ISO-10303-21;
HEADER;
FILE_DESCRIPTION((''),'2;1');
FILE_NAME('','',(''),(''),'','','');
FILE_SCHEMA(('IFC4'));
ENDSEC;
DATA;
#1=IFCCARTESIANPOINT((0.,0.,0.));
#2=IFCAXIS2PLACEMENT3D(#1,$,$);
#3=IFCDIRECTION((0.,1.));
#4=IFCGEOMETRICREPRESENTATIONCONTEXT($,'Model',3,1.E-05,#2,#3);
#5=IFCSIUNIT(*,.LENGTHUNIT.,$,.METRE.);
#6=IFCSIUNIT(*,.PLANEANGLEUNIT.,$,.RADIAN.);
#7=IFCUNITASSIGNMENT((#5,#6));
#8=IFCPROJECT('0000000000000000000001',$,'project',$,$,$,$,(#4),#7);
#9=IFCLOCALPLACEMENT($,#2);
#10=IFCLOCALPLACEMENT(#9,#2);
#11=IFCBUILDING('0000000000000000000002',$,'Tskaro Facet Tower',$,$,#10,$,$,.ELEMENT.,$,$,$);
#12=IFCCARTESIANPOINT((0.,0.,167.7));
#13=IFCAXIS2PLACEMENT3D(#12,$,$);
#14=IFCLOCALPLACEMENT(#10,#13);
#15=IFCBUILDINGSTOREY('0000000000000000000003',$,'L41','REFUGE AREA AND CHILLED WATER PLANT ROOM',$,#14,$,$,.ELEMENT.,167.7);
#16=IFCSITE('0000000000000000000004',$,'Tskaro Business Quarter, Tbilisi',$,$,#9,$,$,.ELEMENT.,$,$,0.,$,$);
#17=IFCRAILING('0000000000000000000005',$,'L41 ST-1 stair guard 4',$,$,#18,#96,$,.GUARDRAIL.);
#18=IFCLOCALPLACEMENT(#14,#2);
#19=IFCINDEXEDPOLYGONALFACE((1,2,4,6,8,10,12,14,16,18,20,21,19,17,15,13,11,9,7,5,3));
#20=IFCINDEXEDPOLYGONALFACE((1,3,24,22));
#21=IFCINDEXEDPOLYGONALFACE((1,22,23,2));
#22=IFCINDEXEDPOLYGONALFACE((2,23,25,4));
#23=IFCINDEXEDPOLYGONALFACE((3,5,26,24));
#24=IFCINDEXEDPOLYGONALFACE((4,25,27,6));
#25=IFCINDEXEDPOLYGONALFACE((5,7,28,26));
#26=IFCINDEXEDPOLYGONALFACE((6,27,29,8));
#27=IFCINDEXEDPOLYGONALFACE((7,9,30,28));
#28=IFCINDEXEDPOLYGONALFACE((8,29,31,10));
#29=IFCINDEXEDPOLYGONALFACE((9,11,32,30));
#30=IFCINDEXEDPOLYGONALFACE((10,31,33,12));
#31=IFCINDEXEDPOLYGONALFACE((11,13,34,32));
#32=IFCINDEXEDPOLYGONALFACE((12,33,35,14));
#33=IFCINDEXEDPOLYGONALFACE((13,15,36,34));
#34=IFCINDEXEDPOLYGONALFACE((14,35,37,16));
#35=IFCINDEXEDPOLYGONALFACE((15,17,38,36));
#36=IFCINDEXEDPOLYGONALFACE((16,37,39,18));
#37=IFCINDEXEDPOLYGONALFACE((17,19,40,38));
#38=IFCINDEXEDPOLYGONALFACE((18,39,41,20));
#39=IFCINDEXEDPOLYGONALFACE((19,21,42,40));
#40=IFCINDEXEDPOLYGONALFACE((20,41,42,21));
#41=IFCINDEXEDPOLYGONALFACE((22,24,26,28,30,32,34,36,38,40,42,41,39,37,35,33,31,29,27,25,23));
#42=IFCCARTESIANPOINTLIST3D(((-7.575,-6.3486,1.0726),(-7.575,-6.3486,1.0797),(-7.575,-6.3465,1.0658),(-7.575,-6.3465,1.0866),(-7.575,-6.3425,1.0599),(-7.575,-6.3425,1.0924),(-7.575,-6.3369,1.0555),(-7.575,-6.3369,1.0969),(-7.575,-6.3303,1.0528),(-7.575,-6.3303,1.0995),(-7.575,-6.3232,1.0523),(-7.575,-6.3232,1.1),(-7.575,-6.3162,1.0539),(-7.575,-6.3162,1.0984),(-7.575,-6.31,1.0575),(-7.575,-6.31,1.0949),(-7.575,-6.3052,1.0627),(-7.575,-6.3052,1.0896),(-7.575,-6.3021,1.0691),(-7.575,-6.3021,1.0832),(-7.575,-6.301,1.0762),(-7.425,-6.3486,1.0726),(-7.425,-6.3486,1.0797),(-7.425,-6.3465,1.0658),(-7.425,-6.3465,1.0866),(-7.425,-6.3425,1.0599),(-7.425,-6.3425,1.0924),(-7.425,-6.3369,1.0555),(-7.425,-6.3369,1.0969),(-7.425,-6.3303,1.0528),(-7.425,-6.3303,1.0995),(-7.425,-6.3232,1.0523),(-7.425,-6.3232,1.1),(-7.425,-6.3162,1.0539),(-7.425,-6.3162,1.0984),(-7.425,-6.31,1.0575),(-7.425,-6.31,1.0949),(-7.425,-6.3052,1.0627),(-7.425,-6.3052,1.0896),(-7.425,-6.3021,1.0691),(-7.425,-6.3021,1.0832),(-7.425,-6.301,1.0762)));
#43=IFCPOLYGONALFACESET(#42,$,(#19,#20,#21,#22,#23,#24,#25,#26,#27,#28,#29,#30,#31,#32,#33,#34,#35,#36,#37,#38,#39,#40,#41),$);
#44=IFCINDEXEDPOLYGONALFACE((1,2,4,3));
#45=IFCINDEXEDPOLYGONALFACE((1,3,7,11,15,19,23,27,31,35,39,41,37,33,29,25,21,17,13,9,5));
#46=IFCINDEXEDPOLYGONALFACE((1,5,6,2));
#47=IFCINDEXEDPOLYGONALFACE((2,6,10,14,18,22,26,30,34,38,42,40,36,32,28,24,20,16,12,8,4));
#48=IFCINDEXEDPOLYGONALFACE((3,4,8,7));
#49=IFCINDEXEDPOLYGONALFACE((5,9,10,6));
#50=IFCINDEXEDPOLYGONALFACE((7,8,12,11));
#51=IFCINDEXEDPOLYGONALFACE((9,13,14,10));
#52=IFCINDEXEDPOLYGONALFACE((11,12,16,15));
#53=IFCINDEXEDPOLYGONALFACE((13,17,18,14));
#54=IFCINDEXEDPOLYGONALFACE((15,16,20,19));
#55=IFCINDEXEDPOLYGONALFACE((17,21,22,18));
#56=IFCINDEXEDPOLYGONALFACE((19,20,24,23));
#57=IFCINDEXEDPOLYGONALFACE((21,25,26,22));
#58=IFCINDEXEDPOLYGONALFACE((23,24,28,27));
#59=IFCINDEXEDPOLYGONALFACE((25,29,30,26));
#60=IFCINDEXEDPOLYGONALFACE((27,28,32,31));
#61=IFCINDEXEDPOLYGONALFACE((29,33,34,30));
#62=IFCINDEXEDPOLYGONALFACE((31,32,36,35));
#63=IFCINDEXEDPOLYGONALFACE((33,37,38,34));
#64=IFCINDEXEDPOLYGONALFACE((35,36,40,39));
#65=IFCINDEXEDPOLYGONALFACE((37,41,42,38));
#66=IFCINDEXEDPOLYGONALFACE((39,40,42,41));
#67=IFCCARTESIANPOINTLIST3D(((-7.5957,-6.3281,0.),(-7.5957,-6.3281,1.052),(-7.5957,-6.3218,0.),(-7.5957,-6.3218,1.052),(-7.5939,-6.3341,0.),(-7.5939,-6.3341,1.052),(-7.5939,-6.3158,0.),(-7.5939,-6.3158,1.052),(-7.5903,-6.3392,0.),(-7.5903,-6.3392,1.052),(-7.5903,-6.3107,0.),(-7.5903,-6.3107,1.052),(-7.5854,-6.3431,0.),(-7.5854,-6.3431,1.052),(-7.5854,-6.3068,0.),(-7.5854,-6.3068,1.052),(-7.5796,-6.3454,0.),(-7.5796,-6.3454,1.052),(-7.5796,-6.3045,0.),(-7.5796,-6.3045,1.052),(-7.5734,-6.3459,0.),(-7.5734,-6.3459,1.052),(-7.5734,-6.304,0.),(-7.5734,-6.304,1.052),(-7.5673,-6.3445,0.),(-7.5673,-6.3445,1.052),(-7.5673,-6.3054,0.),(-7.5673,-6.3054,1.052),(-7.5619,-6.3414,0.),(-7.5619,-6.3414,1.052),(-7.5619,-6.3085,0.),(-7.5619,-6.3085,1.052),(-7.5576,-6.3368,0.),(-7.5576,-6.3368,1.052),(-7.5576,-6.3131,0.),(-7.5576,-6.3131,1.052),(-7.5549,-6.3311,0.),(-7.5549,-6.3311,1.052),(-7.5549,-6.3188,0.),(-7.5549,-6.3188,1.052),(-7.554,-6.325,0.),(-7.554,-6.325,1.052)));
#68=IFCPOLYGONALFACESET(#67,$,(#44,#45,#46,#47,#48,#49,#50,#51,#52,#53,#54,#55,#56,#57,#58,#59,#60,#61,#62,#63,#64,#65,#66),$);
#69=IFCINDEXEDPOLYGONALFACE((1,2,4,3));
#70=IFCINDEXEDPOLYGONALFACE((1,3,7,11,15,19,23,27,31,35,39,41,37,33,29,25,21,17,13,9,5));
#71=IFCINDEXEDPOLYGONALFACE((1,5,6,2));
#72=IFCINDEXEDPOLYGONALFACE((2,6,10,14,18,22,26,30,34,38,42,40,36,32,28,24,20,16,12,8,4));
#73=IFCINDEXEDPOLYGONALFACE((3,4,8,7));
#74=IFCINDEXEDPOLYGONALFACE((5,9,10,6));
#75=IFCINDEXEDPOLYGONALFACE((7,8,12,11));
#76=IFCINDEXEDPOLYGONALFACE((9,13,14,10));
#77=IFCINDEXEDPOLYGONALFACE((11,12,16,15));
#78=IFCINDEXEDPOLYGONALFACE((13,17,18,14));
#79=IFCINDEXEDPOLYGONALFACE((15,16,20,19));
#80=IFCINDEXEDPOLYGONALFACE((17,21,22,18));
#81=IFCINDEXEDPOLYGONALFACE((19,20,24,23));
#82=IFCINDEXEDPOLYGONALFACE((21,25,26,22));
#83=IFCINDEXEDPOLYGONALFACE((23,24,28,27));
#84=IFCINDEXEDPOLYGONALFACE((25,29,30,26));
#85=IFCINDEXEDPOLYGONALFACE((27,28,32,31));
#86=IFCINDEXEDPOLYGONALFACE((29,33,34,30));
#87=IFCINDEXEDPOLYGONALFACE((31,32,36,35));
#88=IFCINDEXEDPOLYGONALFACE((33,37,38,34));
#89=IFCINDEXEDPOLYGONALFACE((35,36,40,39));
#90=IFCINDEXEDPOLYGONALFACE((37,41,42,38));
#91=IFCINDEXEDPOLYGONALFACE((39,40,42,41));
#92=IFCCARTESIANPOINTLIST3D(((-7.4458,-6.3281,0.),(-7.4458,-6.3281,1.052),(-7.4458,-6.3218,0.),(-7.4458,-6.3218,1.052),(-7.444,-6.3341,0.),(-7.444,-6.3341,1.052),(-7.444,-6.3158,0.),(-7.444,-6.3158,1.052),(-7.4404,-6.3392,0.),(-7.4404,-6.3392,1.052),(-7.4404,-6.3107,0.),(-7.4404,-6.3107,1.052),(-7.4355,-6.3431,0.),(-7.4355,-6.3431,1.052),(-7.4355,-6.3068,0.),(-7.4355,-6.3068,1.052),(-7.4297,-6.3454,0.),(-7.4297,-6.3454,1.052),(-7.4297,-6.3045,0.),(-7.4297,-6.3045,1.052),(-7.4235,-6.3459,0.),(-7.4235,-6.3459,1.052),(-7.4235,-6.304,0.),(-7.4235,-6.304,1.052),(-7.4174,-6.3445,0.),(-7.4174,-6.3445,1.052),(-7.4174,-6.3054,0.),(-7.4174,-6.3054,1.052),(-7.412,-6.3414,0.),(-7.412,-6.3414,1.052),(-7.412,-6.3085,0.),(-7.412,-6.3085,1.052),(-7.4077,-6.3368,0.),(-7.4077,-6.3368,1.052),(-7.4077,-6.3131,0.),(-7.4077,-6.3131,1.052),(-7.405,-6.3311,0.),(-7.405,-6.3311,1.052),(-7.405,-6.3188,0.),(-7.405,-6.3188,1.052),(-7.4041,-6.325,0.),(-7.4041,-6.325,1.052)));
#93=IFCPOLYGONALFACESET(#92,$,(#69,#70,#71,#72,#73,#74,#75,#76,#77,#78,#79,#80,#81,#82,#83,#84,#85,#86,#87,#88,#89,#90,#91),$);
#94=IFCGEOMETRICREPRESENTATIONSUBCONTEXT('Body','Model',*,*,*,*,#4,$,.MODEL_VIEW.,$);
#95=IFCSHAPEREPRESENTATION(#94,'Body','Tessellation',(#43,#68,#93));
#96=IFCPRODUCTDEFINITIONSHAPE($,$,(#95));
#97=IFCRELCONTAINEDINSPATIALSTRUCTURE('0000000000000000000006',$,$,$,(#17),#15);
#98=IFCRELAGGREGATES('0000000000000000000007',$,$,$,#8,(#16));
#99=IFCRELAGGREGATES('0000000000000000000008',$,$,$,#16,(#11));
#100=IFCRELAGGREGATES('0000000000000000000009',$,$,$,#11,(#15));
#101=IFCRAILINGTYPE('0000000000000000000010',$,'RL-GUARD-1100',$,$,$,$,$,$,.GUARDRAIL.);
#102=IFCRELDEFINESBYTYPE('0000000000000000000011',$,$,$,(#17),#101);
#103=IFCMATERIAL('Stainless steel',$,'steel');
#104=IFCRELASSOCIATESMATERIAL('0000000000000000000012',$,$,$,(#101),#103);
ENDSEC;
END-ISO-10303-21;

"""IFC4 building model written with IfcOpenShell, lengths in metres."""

from ifc_helpers import new_model, si_unit, direction, frame, origin, origin_2d, place, context, subcontext, project, spatial, circle, extrude, material, type_object, element, save


model = new_model("IFC4")

# Units and contexts
model_context = context("Model", 3, precision=1e-05, world=origin(), true_north=direction((0.0, 1.0)))
body_context = subcontext(model_context, "Body", "Model", "MODEL_VIEW")
ifc_project = project(units=[si_unit("LENGTHUNIT", "METRE"), si_unit("PLANEANGLEUNIT", "RADIAN")], contexts=[model_context])

# Site, building, storey
site_placement = place(None, origin())
site = spatial("IfcSite", under=ifc_project, at=site_placement, Name="Tskaro Business Quarter, Tbilisi", CompositionType="ELEMENT", RefElevation=0.0)
building_placement = place(site_placement, origin())
building = spatial("IfcBuilding", under=site, at=building_placement, Name="Tskaro Facet Tower", CompositionType="ELEMENT")
storey_placement = place(building_placement, frame((0.0, 0.0, 167.7)))
storey = spatial("IfcBuildingStorey", under=building, at=storey_placement, Name="L41", Description="REFUGE AREA AND CHILLED WATER PLANT ROOM", CompositionType="ELEMENT", Elevation=167.7)

# Shared definitions
ifc_material_1 = material(Name="Stainless steel", Category="steel")

# Railing
railing_type_1 = type_object("IfcRailingType", Name="RL-GUARD-1100", PredefinedType="GUARDRAIL", material=ifc_material_1)
railing_1_placement = place(storey_placement, frame((-7.575, -6.325, 0.0)))
element("IfcRailing", 1, at=railing_1_placement, inside=storey, type_object=railing_type_1, Name="L41 ST-1 stair guard 4", PredefinedType="GUARDRAIL", context=body_context, shape_type="SweptSolid", body=[
    extrude(circle(Radius=0.0239, at=origin_2d()), frame((0.0, 0.0, 1.0762), z_axis=(1.0, 0.0, 0.0), x_axis=(0.0, 1.0, 0.0)), (0.0, 0.0, 1.0), 0.1499),
    extrude(circle(Radius=0.021, at=origin_2d()), origin(), (0.0, 0.0, 1.0), 1.052),
    extrude(circle(Radius=0.021, at=origin_2d()), frame((0.1499, 0.0, 0.0)), (0.0, 0.0, 1.0), 1.052),
])

save(model, "model.ifc")
